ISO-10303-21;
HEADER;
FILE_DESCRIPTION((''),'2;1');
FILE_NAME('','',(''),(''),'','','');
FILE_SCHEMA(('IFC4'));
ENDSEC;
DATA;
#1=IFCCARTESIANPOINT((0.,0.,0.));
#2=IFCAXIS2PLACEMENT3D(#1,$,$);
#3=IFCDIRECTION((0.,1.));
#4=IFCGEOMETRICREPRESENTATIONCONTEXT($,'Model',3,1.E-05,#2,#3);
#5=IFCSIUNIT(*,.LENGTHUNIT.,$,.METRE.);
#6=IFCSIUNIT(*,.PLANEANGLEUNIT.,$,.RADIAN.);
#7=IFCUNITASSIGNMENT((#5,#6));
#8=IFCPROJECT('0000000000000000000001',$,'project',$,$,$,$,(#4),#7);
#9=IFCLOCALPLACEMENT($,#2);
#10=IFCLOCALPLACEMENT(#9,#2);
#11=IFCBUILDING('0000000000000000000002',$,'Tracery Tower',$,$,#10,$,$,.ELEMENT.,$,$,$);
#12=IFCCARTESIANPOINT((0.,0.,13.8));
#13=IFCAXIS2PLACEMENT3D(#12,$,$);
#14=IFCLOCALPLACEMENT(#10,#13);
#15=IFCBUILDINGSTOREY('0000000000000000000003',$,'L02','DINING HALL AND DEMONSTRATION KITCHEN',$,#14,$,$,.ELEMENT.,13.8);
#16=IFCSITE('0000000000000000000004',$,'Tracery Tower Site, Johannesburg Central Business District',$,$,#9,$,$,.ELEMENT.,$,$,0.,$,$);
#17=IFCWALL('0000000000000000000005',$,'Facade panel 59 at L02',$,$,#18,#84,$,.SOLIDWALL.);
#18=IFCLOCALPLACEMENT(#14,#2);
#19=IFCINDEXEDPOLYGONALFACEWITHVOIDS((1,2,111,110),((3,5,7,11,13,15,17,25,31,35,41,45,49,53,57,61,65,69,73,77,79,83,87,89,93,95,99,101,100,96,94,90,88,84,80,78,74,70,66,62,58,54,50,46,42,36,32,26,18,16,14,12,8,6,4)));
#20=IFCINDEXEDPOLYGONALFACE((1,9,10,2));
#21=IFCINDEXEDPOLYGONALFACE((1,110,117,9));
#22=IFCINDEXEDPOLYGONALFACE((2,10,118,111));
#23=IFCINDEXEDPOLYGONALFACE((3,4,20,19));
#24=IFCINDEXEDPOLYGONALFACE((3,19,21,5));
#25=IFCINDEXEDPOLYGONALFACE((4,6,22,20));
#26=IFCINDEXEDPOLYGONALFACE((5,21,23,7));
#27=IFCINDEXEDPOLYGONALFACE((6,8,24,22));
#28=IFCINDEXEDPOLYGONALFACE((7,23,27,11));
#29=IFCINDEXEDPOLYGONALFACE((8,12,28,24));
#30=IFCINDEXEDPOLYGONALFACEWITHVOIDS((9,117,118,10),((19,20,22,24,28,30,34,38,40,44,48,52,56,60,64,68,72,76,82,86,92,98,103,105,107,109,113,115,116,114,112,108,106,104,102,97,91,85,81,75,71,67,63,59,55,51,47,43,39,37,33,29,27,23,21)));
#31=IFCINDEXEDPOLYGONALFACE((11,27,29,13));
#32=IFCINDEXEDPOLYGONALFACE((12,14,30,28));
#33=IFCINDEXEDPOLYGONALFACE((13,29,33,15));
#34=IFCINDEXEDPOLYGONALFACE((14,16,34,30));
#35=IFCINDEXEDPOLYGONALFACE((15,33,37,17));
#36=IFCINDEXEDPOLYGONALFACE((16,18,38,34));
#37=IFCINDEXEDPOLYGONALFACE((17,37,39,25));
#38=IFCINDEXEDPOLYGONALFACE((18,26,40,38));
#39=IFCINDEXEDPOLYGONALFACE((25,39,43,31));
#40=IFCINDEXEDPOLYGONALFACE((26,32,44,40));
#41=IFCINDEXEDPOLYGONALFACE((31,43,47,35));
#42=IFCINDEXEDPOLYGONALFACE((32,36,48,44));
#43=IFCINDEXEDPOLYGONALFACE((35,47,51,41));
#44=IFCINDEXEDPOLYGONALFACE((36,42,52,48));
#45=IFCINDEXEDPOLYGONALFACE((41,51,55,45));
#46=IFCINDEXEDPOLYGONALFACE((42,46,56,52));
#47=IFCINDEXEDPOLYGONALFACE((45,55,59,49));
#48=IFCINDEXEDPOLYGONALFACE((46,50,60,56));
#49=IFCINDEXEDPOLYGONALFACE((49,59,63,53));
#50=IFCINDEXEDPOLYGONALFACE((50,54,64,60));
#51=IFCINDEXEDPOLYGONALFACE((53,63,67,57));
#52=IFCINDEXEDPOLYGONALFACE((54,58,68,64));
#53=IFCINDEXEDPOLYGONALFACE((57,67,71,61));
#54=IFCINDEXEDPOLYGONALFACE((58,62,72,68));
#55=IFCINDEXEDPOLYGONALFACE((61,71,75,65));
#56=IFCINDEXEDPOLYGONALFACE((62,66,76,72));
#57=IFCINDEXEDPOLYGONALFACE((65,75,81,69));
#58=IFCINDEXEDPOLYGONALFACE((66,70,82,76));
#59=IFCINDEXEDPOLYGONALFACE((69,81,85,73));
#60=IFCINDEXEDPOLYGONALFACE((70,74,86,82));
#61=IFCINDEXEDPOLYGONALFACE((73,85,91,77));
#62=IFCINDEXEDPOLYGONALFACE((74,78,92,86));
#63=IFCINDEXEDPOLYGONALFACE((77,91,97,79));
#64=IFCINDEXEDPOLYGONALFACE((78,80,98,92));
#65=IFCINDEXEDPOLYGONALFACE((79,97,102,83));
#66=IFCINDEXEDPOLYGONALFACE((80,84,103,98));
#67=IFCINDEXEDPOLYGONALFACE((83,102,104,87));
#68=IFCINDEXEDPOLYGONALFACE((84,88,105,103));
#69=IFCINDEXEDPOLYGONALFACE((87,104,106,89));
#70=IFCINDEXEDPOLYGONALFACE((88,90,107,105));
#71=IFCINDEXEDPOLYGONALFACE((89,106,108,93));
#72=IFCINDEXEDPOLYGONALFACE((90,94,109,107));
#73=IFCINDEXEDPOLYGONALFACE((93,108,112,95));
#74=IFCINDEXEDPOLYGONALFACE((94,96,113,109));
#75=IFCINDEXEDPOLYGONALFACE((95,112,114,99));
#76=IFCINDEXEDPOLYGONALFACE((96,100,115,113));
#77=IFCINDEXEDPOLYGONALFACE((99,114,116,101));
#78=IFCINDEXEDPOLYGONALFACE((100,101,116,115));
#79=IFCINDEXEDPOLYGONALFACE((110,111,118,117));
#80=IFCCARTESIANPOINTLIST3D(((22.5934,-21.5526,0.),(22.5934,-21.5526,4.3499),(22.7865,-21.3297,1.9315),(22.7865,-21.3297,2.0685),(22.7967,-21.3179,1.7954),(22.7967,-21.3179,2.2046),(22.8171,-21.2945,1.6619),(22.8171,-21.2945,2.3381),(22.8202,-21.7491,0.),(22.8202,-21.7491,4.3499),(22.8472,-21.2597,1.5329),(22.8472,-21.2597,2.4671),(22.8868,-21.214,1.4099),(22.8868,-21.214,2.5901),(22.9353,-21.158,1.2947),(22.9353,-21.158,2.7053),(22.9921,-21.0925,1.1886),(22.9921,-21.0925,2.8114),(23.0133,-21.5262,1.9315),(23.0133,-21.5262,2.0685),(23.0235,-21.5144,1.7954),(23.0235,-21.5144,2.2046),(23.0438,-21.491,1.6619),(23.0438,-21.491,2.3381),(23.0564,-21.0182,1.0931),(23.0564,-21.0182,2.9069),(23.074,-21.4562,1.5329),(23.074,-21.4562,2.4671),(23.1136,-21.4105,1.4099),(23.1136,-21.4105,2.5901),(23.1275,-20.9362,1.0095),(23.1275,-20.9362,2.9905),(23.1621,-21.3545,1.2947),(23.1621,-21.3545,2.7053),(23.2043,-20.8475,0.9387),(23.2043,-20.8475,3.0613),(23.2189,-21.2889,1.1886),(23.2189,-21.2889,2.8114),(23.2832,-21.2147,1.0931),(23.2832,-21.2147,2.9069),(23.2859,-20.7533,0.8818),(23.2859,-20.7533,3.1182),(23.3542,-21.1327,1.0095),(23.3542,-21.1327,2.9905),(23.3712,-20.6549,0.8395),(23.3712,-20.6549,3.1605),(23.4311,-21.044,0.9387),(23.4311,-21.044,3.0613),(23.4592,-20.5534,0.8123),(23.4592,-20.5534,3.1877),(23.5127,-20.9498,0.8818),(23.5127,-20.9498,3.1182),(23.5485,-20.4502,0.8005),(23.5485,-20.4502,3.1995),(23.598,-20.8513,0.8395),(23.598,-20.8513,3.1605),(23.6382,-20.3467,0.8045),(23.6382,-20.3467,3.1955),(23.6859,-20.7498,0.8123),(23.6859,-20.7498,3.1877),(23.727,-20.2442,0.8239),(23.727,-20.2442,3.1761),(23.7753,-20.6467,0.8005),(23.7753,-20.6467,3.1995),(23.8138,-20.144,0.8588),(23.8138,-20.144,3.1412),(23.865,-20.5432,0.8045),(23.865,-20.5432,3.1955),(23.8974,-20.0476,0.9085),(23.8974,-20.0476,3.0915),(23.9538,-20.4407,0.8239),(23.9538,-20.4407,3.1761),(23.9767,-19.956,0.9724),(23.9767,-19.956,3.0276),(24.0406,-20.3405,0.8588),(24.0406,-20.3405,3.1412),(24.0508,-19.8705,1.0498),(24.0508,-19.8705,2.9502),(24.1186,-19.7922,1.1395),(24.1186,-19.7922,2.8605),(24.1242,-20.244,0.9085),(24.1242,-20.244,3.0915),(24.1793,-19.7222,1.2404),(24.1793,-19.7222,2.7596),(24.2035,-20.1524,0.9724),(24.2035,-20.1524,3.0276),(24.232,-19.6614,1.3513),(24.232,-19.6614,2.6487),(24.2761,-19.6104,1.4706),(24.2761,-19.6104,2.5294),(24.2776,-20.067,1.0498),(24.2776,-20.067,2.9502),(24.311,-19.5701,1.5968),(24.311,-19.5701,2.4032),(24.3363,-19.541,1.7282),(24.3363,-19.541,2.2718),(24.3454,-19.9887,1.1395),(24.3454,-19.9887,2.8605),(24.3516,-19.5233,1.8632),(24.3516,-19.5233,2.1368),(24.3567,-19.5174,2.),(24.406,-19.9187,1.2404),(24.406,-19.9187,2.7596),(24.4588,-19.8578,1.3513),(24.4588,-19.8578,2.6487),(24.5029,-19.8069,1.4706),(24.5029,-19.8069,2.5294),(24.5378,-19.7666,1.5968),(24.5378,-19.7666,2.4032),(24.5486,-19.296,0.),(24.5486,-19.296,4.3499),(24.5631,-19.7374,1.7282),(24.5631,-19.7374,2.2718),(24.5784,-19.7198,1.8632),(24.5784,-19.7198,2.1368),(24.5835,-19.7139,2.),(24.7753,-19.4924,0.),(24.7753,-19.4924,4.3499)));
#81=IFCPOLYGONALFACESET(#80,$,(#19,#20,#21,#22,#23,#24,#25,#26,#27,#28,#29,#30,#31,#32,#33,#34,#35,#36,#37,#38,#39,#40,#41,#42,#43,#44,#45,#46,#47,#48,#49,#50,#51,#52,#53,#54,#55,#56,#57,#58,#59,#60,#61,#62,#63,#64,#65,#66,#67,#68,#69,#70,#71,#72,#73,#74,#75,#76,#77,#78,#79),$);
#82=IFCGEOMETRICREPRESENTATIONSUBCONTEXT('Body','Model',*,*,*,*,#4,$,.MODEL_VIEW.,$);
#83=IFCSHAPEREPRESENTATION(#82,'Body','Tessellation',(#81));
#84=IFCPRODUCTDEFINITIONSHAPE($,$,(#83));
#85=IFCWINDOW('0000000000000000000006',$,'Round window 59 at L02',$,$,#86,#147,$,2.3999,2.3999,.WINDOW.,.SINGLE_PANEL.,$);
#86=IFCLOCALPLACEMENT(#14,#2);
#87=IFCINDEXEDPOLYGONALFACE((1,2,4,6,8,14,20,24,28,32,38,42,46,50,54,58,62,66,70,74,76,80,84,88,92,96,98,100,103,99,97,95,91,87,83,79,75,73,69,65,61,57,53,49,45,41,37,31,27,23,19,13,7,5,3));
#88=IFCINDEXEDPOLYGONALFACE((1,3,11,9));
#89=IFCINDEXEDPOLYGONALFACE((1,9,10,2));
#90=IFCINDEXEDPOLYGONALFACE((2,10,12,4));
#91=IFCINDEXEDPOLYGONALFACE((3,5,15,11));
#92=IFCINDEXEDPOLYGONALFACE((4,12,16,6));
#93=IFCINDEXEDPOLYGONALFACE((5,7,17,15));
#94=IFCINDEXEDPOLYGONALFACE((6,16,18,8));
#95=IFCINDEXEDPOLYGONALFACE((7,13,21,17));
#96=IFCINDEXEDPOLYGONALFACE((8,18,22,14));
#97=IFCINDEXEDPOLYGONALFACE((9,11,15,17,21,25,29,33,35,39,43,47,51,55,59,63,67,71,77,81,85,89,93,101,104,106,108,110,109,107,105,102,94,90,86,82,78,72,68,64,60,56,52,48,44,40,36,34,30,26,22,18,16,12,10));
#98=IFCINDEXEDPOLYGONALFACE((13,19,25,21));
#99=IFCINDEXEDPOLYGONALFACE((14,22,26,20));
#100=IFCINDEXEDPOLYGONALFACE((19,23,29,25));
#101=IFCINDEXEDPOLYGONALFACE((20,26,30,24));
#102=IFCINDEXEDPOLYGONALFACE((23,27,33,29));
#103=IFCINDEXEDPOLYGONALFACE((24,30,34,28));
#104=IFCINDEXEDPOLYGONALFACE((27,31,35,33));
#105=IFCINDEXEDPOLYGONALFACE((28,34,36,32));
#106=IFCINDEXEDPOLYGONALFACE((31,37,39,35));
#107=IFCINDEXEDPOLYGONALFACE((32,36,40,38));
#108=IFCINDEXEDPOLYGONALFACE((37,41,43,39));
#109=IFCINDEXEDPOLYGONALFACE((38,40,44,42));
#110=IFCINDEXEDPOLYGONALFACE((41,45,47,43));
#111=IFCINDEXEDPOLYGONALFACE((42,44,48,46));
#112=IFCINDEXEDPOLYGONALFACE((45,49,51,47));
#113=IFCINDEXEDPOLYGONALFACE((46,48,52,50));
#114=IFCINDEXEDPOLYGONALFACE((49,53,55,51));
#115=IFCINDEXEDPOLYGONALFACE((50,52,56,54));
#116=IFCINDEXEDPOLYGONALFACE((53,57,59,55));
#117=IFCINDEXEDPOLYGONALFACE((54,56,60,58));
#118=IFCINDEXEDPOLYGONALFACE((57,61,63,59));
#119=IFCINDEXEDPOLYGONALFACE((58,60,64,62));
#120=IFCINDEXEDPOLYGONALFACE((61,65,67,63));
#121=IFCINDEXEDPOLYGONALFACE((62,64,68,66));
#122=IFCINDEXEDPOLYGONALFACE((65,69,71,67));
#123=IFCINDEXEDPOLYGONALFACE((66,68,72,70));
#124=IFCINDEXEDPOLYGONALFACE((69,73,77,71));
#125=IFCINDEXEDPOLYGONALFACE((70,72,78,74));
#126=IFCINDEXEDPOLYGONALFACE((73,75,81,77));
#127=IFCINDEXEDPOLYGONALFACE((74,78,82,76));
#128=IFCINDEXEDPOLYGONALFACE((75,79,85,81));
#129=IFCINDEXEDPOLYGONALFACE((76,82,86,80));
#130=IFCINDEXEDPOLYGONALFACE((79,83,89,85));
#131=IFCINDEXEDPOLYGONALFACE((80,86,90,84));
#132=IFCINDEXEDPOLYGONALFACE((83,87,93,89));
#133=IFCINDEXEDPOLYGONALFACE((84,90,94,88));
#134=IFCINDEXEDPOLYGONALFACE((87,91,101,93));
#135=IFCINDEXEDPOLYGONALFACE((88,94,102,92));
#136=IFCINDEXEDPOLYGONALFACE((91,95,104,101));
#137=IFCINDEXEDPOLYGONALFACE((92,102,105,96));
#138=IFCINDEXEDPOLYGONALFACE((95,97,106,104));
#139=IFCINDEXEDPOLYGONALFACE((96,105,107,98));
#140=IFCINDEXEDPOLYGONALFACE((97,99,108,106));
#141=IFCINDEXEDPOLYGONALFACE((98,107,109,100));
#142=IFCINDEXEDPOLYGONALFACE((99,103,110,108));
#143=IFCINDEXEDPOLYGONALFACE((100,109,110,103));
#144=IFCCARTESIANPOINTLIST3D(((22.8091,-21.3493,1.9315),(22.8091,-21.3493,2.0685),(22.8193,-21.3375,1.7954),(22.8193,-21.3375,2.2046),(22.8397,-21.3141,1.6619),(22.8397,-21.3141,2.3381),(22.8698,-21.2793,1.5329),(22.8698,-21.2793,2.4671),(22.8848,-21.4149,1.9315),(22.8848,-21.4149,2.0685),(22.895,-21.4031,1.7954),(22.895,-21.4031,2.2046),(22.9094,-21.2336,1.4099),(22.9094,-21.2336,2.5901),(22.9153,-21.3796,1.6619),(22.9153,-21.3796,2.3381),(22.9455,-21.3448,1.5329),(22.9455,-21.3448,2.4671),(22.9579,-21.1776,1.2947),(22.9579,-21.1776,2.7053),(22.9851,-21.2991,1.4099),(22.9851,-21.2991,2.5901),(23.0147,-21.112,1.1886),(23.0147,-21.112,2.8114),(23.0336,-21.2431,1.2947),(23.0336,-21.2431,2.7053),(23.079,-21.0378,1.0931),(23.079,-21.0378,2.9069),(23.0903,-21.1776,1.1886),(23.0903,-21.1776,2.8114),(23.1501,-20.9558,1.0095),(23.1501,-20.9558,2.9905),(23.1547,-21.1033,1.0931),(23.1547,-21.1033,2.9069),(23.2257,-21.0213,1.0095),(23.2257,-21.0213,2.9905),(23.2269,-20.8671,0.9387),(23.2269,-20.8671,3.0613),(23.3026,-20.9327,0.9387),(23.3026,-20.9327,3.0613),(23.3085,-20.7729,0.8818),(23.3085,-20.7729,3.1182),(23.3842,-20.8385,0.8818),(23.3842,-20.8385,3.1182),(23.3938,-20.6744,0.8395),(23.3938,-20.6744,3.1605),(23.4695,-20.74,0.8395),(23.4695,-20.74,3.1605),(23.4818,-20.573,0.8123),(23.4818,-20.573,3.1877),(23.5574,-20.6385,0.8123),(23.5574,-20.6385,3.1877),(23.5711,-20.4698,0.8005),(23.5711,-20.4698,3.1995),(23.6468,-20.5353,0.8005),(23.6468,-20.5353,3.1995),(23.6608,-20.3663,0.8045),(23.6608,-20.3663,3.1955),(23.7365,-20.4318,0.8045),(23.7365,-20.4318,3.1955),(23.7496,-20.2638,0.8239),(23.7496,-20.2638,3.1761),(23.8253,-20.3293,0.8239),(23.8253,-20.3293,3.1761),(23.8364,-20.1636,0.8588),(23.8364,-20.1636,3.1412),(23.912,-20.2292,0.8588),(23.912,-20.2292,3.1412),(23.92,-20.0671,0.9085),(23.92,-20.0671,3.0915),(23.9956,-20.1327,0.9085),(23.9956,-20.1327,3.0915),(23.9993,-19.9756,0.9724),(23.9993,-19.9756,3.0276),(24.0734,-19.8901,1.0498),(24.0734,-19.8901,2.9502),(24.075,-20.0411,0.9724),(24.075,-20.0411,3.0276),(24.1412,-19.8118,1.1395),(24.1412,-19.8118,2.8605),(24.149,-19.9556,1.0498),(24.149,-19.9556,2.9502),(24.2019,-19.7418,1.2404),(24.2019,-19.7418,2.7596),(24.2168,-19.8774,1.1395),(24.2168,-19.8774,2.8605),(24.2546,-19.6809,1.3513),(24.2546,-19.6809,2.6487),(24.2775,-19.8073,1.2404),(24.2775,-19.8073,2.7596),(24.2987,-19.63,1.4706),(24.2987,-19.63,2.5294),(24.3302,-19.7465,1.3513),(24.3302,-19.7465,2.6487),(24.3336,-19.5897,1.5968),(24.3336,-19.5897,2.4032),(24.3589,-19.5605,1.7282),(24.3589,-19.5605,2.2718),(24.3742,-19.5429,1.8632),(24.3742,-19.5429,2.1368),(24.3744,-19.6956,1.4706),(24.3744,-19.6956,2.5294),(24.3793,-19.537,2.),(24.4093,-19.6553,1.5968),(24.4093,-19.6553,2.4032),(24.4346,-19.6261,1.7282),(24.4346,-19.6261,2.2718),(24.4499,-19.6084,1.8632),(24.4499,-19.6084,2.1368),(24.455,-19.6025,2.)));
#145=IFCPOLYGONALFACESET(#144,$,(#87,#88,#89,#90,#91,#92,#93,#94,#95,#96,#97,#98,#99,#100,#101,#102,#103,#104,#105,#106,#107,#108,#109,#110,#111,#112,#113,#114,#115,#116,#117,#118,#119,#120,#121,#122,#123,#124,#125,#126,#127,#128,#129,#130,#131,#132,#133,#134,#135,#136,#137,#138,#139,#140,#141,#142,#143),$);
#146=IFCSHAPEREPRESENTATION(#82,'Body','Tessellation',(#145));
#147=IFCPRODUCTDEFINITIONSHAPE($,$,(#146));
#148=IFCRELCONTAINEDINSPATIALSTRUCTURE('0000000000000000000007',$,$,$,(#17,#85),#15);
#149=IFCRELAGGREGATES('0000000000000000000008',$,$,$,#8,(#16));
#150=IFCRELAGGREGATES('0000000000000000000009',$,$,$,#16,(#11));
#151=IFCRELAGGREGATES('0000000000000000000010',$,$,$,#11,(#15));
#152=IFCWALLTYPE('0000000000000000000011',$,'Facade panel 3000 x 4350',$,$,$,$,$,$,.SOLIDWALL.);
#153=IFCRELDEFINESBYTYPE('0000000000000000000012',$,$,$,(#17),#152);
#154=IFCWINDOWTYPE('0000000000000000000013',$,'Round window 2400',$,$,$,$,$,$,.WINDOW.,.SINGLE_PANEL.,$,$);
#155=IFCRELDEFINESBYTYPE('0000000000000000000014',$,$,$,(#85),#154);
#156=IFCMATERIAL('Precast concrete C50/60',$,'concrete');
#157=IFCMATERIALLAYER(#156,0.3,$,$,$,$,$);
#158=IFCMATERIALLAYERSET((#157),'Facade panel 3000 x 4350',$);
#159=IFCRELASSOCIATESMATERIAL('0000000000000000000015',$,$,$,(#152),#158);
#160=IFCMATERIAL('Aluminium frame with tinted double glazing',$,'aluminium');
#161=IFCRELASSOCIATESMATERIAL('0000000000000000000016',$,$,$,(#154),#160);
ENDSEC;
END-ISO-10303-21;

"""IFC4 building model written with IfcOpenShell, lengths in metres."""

from ifc_helpers import new_model, si_unit, direction, frame, frame_2d, origin, origin_2d, place, context, subcontext, project, spatial, rectangle, circle, extrude, material, layer, layer_set, type_object, element, fill, save


model = new_model("IFC4")

# Units and contexts
model_context = context("Model", 3, precision=1e-05, world=origin(), true_north=direction((0.0, 1.0)))
body_context = subcontext(model_context, "Body", "Model", "MODEL_VIEW")
ifc_project = project(units=[si_unit("LENGTHUNIT", "METRE"), si_unit("PLANEANGLEUNIT", "RADIAN")], contexts=[model_context])

# Site, building, storey
site_placement = place(None, origin())
site = spatial("IfcSite", under=ifc_project, at=site_placement, Name="Tracery Tower Site, Johannesburg Central Business District", CompositionType="ELEMENT", RefElevation=0.0)
building_placement = place(site_placement, origin())
building = spatial("IfcBuilding", under=site, at=building_placement, Name="Tracery Tower", CompositionType="ELEMENT")
storey_placement = place(building_placement, frame((0.0, 0.0, 13.8)))
storey = spatial("IfcBuildingStorey", under=building, at=storey_placement, Name="L02", Description="DINING HALL AND DEMONSTRATION KITCHEN", CompositionType="ELEMENT", Elevation=13.8)

# Wall, opening, window
ifc_material_1 = material(Name="Precast concrete C50/60", Category="concrete")
ifc_layer = layer(ifc_material_1, 0.3)
ifc_layer_set = layer_set([ifc_layer], Name="Facade panel 3000 x 4350")
wall_type = type_object("IfcWallType", Name="Facade panel 3000 x 4350", PredefinedType="SOLIDWALL", material=ifc_layer_set)
ifc_material_2 = material(Name="Aluminium frame with tinted double glazing", Category="aluminium")
window_type = type_object("IfcWindowType", Name="Round window 2400", PartitioningType="SINGLE_PANEL", PredefinedType="WINDOW", material=ifc_material_2)
wall_1_placement = place(storey_placement, frame((22.7068, -21.6509, 0.0), z_axis=(0.0, 0.0, 1.0), x_axis=(0.654809, 0.755794, 0.0)))
wall_1 = element("IfcWall", 1, at=wall_1_placement, inside=storey, type_object=wall_type, Name="Facade panel 59 at L02", PredefinedType="SOLIDWALL", context=body_context, shape_type="SweptSolid", body=[
    extrude(rectangle(XDim=2.9858, YDim=0.3, at=frame_2d((1.4929, 0.0))), origin(), (0.0, 0.0, 1.0), 4.3499),
])
opening_1_placement = place(wall_1_placement, frame((1.4929, 0.0, 2.0)))
opening_1 = element("IfcOpeningElement", 2, at=opening_1_placement, cuts=wall_1, PredefinedType="OPENING", context=body_context, shape_type="SweptSolid", body=[
    extrude(circle(Radius=1.2, at=origin_2d()), frame((0.0, 0.1599, 0.0), z_axis=(0.0, -1.0, 0.0), x_axis=(1.0, 0.0, 0.0)), (0.0, 0.0, 1.0), 0.3201),
])
window_1_placement = place(opening_1_placement, origin())
window_1 = element("IfcWindow", 3, at=window_1_placement, inside=storey, type_object=window_type, Name="Round window 59 at L02", OverallHeight=2.3999, OverallWidth=2.3999, PartitioningType="SINGLE_PANEL", PredefinedType="WINDOW", context=body_context, shape_type="SweptSolid", body=[
    extrude(circle(Radius=1.2, at=origin_2d()), frame((0.0, 0.1201, 0.0), z_axis=(0.0, -1.0, 0.0), x_axis=(1.0, 0.0, 0.0)), (0.0, 0.0, 1.0), 0.1001),
])
fill(opening_1, window_1)

save(model, "model.ifc")
